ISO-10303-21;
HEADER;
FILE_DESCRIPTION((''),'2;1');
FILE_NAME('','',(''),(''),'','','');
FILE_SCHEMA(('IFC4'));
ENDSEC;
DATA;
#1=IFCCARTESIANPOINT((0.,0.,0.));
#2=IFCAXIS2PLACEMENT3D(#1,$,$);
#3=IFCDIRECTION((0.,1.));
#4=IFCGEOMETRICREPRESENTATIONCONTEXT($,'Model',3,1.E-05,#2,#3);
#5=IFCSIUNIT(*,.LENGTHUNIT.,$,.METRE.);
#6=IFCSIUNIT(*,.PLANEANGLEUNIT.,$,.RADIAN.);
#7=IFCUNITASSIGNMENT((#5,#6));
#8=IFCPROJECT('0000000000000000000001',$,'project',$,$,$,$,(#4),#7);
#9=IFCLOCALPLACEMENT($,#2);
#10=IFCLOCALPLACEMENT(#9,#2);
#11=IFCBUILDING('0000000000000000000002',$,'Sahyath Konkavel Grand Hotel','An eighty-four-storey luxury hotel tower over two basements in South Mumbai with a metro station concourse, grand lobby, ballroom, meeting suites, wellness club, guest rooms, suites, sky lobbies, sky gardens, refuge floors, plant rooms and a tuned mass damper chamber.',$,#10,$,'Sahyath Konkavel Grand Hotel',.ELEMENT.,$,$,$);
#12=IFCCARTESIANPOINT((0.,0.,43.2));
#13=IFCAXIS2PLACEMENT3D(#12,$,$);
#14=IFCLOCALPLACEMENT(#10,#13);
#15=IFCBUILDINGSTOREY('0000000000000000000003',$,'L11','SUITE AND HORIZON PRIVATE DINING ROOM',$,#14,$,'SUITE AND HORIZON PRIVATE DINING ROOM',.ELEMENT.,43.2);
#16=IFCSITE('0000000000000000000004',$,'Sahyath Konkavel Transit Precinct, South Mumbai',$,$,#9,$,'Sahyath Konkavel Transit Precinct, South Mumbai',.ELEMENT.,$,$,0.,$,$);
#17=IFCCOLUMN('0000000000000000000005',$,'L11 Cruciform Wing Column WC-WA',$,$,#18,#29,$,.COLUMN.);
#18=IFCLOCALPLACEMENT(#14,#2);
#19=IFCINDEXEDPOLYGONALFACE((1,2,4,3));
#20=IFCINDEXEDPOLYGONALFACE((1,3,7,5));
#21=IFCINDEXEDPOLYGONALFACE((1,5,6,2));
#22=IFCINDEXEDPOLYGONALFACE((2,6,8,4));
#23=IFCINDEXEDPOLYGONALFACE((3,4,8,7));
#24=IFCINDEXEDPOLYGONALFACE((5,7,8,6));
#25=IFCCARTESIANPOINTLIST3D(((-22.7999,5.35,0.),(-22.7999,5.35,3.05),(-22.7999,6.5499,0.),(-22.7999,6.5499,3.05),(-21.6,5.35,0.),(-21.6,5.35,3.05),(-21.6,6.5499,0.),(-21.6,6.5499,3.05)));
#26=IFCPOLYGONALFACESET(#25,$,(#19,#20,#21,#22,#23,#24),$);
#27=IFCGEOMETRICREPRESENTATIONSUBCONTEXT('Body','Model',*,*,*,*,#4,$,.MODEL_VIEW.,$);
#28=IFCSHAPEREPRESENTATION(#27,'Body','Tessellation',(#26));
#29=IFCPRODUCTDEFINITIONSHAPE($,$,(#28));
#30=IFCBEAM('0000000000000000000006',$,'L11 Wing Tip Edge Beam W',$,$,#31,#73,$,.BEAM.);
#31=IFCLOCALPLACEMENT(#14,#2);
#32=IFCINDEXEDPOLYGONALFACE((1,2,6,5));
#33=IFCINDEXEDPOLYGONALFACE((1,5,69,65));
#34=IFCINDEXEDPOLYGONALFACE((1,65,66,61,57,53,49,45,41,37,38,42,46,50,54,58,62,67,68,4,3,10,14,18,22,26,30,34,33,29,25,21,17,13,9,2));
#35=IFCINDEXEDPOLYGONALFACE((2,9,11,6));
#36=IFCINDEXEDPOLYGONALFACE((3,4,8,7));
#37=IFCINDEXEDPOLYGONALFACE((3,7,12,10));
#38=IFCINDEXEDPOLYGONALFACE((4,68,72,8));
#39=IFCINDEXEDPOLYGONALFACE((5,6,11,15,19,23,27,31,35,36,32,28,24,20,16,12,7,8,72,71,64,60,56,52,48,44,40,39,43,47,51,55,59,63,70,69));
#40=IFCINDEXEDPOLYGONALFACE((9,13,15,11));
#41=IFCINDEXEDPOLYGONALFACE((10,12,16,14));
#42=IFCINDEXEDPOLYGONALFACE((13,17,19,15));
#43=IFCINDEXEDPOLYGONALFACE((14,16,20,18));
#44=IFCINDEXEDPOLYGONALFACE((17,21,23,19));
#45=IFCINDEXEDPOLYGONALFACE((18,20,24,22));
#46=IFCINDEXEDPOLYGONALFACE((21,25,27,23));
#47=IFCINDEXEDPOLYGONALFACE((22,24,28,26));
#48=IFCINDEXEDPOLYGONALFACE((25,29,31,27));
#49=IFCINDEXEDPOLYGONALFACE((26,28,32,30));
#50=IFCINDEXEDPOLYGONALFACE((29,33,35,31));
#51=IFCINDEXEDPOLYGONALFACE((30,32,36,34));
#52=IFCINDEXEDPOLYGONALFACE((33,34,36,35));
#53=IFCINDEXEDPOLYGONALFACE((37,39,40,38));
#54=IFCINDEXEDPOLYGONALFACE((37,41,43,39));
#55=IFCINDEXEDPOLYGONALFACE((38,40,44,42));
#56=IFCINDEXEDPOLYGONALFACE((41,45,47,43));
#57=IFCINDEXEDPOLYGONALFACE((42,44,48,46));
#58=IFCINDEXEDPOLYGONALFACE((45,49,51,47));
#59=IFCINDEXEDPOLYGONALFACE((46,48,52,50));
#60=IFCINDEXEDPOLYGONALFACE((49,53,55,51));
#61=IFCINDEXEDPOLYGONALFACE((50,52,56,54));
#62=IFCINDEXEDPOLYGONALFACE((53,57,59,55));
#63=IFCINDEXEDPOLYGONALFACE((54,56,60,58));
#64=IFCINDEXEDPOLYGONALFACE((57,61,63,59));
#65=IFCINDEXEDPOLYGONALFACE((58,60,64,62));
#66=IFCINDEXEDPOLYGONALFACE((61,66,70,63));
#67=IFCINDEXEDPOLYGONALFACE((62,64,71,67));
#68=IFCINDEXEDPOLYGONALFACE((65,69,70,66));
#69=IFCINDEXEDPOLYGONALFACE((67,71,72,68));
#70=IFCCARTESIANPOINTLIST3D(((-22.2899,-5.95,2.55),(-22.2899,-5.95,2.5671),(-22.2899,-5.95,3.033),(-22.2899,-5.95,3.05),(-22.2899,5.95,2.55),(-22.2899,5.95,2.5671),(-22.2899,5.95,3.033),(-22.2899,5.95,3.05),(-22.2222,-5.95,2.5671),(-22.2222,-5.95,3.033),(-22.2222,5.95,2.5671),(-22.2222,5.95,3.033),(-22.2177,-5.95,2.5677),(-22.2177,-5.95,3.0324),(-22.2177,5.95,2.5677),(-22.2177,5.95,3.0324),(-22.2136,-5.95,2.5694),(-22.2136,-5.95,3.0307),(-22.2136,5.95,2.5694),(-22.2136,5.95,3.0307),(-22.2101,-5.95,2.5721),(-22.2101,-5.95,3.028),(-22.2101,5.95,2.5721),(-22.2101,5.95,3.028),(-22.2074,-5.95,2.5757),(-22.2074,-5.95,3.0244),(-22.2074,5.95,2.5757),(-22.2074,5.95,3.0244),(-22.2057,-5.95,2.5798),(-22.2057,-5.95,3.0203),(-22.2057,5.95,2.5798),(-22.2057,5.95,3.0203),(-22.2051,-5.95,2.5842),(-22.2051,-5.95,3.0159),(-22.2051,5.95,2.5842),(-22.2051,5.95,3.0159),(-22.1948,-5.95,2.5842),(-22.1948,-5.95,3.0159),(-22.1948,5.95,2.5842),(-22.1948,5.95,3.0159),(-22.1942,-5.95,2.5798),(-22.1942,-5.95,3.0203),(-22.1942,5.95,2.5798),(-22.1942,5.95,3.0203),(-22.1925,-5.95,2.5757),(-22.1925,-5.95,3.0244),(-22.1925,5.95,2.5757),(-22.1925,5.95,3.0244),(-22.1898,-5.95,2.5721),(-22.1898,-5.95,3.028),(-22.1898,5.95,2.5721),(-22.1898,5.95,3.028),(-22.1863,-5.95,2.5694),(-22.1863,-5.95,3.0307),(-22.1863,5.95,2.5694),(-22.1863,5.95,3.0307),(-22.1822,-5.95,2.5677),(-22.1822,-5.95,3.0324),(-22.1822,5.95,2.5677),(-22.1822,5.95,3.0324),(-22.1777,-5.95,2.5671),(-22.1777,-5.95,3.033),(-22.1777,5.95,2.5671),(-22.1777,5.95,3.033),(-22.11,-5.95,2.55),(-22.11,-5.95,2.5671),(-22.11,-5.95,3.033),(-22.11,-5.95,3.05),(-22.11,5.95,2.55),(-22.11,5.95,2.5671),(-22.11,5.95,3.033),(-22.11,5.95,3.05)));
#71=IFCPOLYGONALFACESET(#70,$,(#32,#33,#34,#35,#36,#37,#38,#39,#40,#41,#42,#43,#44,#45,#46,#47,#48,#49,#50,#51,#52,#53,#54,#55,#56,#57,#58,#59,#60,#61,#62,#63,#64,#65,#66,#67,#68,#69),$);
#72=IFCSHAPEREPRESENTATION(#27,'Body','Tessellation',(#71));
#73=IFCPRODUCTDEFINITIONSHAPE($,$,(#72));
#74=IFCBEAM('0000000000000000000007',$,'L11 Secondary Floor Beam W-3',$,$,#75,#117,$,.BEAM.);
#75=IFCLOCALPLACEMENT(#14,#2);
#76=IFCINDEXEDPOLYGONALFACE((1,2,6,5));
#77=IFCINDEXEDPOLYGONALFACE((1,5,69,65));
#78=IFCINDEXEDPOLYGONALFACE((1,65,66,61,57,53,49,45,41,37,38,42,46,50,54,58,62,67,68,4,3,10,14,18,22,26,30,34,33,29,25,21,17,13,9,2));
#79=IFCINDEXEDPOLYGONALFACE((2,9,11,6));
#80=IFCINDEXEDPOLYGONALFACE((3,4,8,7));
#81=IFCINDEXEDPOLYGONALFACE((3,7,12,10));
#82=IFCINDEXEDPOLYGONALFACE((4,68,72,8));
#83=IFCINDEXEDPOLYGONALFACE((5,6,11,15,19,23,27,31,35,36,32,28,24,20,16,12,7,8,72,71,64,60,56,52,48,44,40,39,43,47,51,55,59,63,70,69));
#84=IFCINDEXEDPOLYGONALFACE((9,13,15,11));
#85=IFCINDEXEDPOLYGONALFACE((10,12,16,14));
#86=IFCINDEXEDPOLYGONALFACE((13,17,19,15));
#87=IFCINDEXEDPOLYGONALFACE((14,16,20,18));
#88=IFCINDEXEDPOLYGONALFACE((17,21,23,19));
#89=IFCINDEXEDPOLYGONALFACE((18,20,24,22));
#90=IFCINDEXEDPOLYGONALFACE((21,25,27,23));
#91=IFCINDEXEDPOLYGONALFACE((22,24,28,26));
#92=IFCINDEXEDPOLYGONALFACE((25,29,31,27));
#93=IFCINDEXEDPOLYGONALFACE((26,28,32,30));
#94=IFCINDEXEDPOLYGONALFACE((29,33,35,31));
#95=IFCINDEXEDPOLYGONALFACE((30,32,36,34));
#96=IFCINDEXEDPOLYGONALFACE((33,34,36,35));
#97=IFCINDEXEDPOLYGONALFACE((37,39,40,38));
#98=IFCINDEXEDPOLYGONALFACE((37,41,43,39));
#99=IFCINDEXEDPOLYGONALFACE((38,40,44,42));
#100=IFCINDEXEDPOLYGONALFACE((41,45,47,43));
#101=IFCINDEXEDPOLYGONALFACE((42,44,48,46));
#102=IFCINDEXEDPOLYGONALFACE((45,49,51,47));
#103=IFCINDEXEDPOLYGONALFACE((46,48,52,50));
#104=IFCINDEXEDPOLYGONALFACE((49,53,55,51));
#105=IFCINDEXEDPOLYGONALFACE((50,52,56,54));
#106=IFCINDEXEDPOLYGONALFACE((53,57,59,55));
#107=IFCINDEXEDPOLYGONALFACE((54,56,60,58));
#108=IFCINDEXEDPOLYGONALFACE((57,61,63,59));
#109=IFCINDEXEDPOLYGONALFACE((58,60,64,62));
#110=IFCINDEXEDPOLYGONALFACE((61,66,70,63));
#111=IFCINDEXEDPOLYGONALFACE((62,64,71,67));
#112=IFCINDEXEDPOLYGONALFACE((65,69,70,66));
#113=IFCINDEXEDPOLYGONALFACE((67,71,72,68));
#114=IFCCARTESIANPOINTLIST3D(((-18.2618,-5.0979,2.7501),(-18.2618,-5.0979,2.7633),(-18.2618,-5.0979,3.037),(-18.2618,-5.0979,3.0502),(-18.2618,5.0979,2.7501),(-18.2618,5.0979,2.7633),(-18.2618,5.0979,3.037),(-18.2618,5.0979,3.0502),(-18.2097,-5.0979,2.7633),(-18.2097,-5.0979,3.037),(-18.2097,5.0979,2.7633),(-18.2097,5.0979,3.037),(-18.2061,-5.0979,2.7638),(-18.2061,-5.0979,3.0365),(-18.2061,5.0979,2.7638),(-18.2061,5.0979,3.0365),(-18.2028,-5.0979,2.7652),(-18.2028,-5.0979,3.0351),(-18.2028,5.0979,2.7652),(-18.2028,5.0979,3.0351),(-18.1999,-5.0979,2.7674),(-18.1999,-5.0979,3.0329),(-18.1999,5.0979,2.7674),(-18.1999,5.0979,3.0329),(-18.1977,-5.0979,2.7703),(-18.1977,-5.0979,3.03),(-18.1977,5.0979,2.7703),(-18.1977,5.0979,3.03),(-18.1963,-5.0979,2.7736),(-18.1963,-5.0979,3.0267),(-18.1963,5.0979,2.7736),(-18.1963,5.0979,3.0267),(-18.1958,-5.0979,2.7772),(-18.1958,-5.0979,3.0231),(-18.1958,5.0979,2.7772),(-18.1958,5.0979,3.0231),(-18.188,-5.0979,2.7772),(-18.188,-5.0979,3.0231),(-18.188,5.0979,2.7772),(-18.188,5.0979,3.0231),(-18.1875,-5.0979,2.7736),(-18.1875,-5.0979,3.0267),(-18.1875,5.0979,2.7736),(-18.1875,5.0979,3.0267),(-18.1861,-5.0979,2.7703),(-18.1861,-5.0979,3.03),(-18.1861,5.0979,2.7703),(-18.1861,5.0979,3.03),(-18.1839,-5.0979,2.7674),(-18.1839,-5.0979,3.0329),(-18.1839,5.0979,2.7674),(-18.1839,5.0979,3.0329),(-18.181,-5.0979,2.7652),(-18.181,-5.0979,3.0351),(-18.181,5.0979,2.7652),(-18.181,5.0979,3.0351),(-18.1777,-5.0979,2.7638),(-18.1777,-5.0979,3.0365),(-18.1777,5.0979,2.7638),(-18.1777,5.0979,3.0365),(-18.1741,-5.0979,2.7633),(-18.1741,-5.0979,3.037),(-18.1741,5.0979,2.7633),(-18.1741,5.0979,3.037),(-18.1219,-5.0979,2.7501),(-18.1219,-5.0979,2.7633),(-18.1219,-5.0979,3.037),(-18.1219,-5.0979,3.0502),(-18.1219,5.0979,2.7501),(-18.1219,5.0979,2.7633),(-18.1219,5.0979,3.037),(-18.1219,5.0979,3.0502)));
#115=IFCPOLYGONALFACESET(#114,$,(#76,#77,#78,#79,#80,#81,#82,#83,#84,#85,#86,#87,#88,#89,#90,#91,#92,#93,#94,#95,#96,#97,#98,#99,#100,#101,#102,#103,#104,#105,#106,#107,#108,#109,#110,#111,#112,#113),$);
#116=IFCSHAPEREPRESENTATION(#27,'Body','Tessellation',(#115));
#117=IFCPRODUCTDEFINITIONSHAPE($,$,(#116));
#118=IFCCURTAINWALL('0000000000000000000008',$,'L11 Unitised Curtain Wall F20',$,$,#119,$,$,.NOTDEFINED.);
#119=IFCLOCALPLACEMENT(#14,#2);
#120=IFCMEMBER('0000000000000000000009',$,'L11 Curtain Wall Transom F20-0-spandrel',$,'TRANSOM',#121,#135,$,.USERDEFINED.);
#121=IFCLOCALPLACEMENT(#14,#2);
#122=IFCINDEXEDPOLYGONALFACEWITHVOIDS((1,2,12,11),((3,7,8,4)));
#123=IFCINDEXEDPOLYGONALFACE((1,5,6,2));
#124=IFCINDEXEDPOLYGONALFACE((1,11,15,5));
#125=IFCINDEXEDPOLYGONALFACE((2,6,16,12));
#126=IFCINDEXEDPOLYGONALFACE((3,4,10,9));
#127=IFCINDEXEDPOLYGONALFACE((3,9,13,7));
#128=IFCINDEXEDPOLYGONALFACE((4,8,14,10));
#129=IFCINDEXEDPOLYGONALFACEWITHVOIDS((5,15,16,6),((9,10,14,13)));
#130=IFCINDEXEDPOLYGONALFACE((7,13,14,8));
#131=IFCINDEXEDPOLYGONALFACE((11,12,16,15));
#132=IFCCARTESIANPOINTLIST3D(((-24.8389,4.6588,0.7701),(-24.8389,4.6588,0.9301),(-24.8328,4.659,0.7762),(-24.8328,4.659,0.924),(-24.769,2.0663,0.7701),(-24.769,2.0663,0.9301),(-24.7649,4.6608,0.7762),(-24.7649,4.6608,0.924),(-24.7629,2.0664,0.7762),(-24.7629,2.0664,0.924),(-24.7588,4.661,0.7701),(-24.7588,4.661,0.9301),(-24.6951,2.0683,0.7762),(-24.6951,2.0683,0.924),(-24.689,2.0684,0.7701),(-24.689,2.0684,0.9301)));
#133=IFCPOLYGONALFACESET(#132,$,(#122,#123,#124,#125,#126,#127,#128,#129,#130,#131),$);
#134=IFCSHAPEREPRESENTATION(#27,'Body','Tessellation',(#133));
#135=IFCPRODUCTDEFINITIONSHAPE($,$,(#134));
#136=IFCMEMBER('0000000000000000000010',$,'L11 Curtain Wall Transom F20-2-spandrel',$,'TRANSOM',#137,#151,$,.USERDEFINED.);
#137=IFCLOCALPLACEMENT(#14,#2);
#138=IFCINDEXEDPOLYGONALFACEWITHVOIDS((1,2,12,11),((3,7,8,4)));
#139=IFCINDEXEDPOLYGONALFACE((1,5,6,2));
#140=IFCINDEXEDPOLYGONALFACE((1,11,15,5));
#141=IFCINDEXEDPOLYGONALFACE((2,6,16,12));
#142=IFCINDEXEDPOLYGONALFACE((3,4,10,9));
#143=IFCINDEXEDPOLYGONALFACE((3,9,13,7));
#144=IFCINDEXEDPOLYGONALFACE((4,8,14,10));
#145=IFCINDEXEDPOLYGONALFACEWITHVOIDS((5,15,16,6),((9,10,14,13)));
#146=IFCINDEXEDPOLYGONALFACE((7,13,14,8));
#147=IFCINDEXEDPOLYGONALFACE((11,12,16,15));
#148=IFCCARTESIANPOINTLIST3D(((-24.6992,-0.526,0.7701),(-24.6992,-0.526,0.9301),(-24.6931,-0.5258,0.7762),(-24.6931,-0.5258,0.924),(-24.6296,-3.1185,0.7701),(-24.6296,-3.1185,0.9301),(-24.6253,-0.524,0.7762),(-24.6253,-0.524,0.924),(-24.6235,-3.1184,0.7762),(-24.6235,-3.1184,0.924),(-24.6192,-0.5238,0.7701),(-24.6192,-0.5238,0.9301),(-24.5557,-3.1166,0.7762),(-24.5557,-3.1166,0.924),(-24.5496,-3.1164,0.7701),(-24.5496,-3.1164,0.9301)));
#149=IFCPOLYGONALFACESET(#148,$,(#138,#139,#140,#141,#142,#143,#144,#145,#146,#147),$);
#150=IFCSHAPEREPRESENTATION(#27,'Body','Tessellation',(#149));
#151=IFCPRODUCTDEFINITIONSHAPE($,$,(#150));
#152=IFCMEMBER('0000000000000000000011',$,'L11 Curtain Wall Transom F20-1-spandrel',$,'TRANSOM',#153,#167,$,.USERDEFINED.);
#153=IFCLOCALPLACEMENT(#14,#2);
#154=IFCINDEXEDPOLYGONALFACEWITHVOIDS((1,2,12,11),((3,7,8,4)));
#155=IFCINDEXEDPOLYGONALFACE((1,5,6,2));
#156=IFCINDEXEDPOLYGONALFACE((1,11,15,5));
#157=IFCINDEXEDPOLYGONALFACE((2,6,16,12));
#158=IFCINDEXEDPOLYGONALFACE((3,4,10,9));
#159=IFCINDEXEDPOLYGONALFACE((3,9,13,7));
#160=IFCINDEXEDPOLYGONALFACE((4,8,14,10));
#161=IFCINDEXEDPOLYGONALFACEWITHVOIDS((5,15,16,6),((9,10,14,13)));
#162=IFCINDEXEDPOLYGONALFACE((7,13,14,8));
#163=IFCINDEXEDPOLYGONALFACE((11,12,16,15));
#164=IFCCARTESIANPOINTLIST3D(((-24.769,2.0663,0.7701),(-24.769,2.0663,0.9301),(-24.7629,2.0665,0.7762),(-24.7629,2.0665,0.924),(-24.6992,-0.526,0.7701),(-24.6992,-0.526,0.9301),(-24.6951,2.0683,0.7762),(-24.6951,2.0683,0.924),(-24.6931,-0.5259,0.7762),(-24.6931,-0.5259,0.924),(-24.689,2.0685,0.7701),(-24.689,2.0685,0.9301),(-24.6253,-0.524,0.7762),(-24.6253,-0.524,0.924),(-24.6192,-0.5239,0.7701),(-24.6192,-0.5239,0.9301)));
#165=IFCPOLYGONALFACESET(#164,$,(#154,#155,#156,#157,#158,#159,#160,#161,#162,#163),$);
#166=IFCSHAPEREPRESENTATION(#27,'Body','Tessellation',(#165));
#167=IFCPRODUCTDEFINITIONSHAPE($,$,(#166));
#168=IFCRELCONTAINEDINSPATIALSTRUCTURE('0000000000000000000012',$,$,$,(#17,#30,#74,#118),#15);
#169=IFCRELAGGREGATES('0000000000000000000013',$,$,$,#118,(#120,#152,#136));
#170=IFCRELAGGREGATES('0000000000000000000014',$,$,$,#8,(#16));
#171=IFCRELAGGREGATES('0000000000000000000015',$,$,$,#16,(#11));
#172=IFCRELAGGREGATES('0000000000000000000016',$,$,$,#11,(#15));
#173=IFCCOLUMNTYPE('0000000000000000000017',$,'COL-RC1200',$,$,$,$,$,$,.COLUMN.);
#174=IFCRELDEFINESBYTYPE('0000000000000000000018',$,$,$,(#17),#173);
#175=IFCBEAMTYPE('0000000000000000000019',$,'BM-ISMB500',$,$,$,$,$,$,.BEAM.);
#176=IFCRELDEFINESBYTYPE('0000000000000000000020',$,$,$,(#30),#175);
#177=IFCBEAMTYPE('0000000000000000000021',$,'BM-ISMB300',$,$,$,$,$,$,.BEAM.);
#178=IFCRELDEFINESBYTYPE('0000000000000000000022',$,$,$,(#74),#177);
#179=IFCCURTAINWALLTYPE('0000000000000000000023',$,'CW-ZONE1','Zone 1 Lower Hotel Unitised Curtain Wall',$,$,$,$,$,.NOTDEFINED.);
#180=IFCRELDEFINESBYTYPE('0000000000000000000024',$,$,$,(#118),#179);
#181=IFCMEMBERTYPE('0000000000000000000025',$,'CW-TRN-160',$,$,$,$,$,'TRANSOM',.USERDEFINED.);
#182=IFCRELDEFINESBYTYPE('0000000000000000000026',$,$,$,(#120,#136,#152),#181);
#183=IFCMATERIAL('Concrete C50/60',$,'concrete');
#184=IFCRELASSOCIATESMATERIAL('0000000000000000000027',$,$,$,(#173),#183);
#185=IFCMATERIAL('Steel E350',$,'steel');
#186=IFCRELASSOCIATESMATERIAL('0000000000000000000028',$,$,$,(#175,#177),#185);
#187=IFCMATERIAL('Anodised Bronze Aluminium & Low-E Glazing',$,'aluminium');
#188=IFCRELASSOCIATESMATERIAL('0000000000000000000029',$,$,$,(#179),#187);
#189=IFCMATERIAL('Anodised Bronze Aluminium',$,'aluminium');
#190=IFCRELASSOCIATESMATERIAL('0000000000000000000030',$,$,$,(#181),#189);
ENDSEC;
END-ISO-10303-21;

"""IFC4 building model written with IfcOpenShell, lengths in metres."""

from ifc_helpers import new_model, si_unit, direction, frame, origin, origin_2d, place, context, subcontext, project, spatial, rectangle, hollow_rectangle, i_section, extrude, source, transform, mapped, material, material_profile, profile_set, type_object, element, aggregate, save


model = new_model("IFC4")

# Units and contexts
model_context = context("Model", 3, precision=1e-05, world=origin(), true_north=direction((0.0, 1.0)))
body_context = subcontext(model_context, "Body", "Model", "MODEL_VIEW")
ifc_project = project(units=[si_unit("LENGTHUNIT", "METRE"), si_unit("PLANEANGLEUNIT", "RADIAN")], contexts=[model_context])

# Site, building, storey
site_placement = place(None, origin())
site = spatial("IfcSite", under=ifc_project, at=site_placement, Name="Sahyath Konkavel Transit Precinct, South Mumbai", LongName="Sahyath Konkavel Transit Precinct, South Mumbai", CompositionType="ELEMENT", RefElevation=0.0)
building_placement = place(site_placement, origin())
building = spatial("IfcBuilding", under=site, at=building_placement, Name="Sahyath Konkavel Grand Hotel", Description="An eighty-four-storey luxury hotel tower over two basements in South Mumbai with a metro station concourse, grand lobby, ballroom, meeting suites, wellness club, guest rooms, suites, sky lobbies, sky gardens, refuge floors, plant rooms and a tuned mass damper chamber.", LongName="Sahyath Konkavel Grand Hotel", CompositionType="ELEMENT")
storey_placement = place(building_placement, frame((0.0, 0.0, 43.2)))
storey = spatial("IfcBuildingStorey", under=building, at=storey_placement, Name="L11", Description="SUITE AND HORIZON PRIVATE DINING ROOM", LongName="SUITE AND HORIZON PRIVATE DINING ROOM", CompositionType="ELEMENT", Elevation=43.2)

# Column
ifc_material_1 = material(Name="Concrete C50/60", Category="concrete")
ifc_material_profile_1 = material_profile(ifc_material_1, rectangle(XDim=1.2, YDim=1.2, at=origin_2d()), Name="RC 1200x1200")
ifc_profile_set_1 = profile_set([ifc_material_profile_1], Name="Concrete C50/60")
column_type = type_object("IfcColumnType", Name="COL-RC1200", PredefinedType="COLUMN", material=ifc_profile_set_1)
shared_shape_1 = source(origin(), body_context, "Body", "SweptSolid", [
    extrude(rectangle(XDim=1.2, YDim=1.2, at=origin_2d()), origin(), (0.0, 0.0, 1.0), 3.05),
])
column_placement = place(storey_placement, frame((-22.2, 5.95, 0.0), z_axis=(0.0, 0.0, 1.0), x_axis=(1.0, 0.0, 0.0)))
element("IfcColumn", 1, at=column_placement, inside=storey, type_object=column_type, Name="L11 Cruciform Wing Column WC-WA", PredefinedType="COLUMN", context=body_context, shape_type="MappedRepresentation", body=[
    mapped(shared_shape_1, transform((0.0, 0.0, 0.0), scale=1.0)),
])

# Beams
ifc_material_2 = material(Name="Steel E350", Category="steel")
ifc_material_profile_2 = material_profile(ifc_material_2, i_section(OverallWidth=0.1799, OverallDepth=0.5, WebThickness=0.0103, FlangeThickness=0.0171, FilletRadius=0.0171, at=origin_2d()), Name="ISMB 500")
ifc_profile_set_2 = profile_set([ifc_material_profile_2], Name="Steel E350")
beam_type_1 = type_object("IfcBeamType", Name="BM-ISMB500", PredefinedType="BEAM", material=ifc_profile_set_2)
shared_shape_2 = source(origin(), body_context, "Body", "SweptSolid", [
    extrude(i_section(OverallWidth=0.1799, OverallDepth=0.5, WebThickness=0.0103, FlangeThickness=0.0171, FilletRadius=0.0171, at=origin_2d()), origin(), (0.0, 0.0, 1.0), 11.8999),
])
beam_1_placement = place(storey_placement, frame((-22.2, 5.95, 2.8), z_axis=(0.0, -1.0, 0.0), x_axis=(1.0, 0.0, 0.0)))
element("IfcBeam", 2, at=beam_1_placement, inside=storey, type_object=beam_type_1, Name="L11 Wing Tip Edge Beam W", PredefinedType="BEAM", context=body_context, shape_type="MappedRepresentation", body=[
    mapped(shared_shape_2, transform((0.0, 0.0, 0.0), scale=1.0)),
])
ifc_material_profile_3 = material_profile(ifc_material_2, i_section(OverallWidth=0.1399, OverallDepth=0.3, WebThickness=0.0078, FlangeThickness=0.0132, FilletRadius=0.0139, at=origin_2d()), Name="ISMB 300")
ifc_profile_set_3 = profile_set([ifc_material_profile_3], Name="Steel E350")
beam_type_2 = type_object("IfcBeamType", Name="BM-ISMB300", PredefinedType="BEAM", material=ifc_profile_set_3)
shared_shape_3 = source(origin(), body_context, "Body", "SweptSolid", [
    extrude(i_section(OverallWidth=0.1399, OverallDepth=0.3, WebThickness=0.0078, FlangeThickness=0.0132, FilletRadius=0.0139, at=origin_2d()), origin(), (0.0, 0.0, 1.0), 10.1958),
])
beam_2_placement = place(storey_placement, frame((-18.1919, 5.0979, 2.9001), z_axis=(0.0, -1.0, 0.0), x_axis=(1.0, 0.0, 0.0)))
element("IfcBeam", 3, at=beam_2_placement, inside=storey, type_object=beam_type_2, Name="L11 Secondary Floor Beam W-3", PredefinedType="BEAM", context=body_context, shape_type="MappedRepresentation", body=[
    mapped(shared_shape_3, transform((0.0, 0.0, 0.0), scale=1.0)),
])

# Curtain wall, members
ifc_material_3 = material(Name="Anodised Bronze Aluminium & Low-E Glazing", Category="aluminium")
curtain_wall_type = type_object("IfcCurtainWallType", Name="CW-ZONE1", Description="Zone 1 Lower Hotel Unitised Curtain Wall", PredefinedType="NOTDEFINED", material=ifc_material_3)
curtain_wall_1_placement = place(storey_placement, origin())
curtain_wall_1 = element("IfcCurtainWall", 4, at=curtain_wall_1_placement, inside=storey, type_object=curtain_wall_type, Name="L11 Unitised Curtain Wall F20", PredefinedType="NOTDEFINED")
ifc_material_4 = material(Name="Anodised Bronze Aluminium", Category="aluminium")
ifc_material_profile_4 = material_profile(ifc_material_4, hollow_rectangle(XDim=0.0801, YDim=0.1599, WallThickness=0.0061, at=origin_2d()), Name="RHS 160x80x6")
ifc_profile_set_4 = profile_set([ifc_material_profile_4], Name="Anodised Bronze Aluminium")
member_type_1 = type_object("IfcMemberType", Name="CW-TRN-160", ElementType="TRANSOM", PredefinedType="USERDEFINED", material=ifc_profile_set_4)
shared_shape_4 = source(origin(), body_context, "Body", "SweptSolid", [
    extrude(hollow_rectangle(XDim=0.0801, YDim=0.1599, WallThickness=0.0061, at=origin_2d()), origin(), (0.0, 0.0, 1.0), 2.5935),
])
member_1_placement = place(storey_placement, frame((-24.7988, 4.6599, 0.8501), z_axis=(0.026923, -0.999638, 0.0), x_axis=(0.999638, 0.026923, 0.0)))
member_1 = element("IfcMember", 5, at=member_1_placement, type_object=member_type_1, Name="L11 Curtain Wall Transom F20-0-spandrel", ObjectType="TRANSOM", PredefinedType="USERDEFINED", context=body_context, shape_type="MappedRepresentation", body=[
    mapped(shared_shape_4, transform((0.0, 0.0, 0.0), scale=1.0)),
])
member_2_placement = place(storey_placement, frame((-24.6592, -0.5249, 0.8501), z_axis=(0.026829, -0.99964, 0.0), x_axis=(0.99964, 0.026829, 0.0)))
member_2 = element("IfcMember", 6, at=member_2_placement, type_object=member_type_1, Name="L11 Curtain Wall Transom F20-2-spandrel", ObjectType="TRANSOM", PredefinedType="USERDEFINED", context=body_context, shape_type="MappedRepresentation", body=[
    mapped(shared_shape_4, transform((0.0, 0.0, 0.0), scale=1.0)),
])
shared_shape_5 = source(origin(), body_context, "Body", "SweptSolid", [
    extrude(hollow_rectangle(XDim=0.0801, YDim=0.1599, WallThickness=0.0061, at=origin_2d()), origin(), (0.0, 0.0, 1.0), 2.5933),
])
member_3_placement = place(storey_placement, frame((-24.729, 2.0674, 0.8501), z_axis=(0.026926, -0.999637, 0.0), x_axis=(0.999637, 0.026926, 0.0)))
member_3 = element("IfcMember", 7, at=member_3_placement, type_object=member_type_1, Name="L11 Curtain Wall Transom F20-1-spandrel", ObjectType="TRANSOM", PredefinedType="USERDEFINED", context=body_context, shape_type="MappedRepresentation", body=[
    mapped(shared_shape_5, transform((0.0, 0.0, 0.0), scale=1.0)),
])

aggregate(curtain_wall_1, [member_1, member_3, member_2])

save(model, "model.ifc")
